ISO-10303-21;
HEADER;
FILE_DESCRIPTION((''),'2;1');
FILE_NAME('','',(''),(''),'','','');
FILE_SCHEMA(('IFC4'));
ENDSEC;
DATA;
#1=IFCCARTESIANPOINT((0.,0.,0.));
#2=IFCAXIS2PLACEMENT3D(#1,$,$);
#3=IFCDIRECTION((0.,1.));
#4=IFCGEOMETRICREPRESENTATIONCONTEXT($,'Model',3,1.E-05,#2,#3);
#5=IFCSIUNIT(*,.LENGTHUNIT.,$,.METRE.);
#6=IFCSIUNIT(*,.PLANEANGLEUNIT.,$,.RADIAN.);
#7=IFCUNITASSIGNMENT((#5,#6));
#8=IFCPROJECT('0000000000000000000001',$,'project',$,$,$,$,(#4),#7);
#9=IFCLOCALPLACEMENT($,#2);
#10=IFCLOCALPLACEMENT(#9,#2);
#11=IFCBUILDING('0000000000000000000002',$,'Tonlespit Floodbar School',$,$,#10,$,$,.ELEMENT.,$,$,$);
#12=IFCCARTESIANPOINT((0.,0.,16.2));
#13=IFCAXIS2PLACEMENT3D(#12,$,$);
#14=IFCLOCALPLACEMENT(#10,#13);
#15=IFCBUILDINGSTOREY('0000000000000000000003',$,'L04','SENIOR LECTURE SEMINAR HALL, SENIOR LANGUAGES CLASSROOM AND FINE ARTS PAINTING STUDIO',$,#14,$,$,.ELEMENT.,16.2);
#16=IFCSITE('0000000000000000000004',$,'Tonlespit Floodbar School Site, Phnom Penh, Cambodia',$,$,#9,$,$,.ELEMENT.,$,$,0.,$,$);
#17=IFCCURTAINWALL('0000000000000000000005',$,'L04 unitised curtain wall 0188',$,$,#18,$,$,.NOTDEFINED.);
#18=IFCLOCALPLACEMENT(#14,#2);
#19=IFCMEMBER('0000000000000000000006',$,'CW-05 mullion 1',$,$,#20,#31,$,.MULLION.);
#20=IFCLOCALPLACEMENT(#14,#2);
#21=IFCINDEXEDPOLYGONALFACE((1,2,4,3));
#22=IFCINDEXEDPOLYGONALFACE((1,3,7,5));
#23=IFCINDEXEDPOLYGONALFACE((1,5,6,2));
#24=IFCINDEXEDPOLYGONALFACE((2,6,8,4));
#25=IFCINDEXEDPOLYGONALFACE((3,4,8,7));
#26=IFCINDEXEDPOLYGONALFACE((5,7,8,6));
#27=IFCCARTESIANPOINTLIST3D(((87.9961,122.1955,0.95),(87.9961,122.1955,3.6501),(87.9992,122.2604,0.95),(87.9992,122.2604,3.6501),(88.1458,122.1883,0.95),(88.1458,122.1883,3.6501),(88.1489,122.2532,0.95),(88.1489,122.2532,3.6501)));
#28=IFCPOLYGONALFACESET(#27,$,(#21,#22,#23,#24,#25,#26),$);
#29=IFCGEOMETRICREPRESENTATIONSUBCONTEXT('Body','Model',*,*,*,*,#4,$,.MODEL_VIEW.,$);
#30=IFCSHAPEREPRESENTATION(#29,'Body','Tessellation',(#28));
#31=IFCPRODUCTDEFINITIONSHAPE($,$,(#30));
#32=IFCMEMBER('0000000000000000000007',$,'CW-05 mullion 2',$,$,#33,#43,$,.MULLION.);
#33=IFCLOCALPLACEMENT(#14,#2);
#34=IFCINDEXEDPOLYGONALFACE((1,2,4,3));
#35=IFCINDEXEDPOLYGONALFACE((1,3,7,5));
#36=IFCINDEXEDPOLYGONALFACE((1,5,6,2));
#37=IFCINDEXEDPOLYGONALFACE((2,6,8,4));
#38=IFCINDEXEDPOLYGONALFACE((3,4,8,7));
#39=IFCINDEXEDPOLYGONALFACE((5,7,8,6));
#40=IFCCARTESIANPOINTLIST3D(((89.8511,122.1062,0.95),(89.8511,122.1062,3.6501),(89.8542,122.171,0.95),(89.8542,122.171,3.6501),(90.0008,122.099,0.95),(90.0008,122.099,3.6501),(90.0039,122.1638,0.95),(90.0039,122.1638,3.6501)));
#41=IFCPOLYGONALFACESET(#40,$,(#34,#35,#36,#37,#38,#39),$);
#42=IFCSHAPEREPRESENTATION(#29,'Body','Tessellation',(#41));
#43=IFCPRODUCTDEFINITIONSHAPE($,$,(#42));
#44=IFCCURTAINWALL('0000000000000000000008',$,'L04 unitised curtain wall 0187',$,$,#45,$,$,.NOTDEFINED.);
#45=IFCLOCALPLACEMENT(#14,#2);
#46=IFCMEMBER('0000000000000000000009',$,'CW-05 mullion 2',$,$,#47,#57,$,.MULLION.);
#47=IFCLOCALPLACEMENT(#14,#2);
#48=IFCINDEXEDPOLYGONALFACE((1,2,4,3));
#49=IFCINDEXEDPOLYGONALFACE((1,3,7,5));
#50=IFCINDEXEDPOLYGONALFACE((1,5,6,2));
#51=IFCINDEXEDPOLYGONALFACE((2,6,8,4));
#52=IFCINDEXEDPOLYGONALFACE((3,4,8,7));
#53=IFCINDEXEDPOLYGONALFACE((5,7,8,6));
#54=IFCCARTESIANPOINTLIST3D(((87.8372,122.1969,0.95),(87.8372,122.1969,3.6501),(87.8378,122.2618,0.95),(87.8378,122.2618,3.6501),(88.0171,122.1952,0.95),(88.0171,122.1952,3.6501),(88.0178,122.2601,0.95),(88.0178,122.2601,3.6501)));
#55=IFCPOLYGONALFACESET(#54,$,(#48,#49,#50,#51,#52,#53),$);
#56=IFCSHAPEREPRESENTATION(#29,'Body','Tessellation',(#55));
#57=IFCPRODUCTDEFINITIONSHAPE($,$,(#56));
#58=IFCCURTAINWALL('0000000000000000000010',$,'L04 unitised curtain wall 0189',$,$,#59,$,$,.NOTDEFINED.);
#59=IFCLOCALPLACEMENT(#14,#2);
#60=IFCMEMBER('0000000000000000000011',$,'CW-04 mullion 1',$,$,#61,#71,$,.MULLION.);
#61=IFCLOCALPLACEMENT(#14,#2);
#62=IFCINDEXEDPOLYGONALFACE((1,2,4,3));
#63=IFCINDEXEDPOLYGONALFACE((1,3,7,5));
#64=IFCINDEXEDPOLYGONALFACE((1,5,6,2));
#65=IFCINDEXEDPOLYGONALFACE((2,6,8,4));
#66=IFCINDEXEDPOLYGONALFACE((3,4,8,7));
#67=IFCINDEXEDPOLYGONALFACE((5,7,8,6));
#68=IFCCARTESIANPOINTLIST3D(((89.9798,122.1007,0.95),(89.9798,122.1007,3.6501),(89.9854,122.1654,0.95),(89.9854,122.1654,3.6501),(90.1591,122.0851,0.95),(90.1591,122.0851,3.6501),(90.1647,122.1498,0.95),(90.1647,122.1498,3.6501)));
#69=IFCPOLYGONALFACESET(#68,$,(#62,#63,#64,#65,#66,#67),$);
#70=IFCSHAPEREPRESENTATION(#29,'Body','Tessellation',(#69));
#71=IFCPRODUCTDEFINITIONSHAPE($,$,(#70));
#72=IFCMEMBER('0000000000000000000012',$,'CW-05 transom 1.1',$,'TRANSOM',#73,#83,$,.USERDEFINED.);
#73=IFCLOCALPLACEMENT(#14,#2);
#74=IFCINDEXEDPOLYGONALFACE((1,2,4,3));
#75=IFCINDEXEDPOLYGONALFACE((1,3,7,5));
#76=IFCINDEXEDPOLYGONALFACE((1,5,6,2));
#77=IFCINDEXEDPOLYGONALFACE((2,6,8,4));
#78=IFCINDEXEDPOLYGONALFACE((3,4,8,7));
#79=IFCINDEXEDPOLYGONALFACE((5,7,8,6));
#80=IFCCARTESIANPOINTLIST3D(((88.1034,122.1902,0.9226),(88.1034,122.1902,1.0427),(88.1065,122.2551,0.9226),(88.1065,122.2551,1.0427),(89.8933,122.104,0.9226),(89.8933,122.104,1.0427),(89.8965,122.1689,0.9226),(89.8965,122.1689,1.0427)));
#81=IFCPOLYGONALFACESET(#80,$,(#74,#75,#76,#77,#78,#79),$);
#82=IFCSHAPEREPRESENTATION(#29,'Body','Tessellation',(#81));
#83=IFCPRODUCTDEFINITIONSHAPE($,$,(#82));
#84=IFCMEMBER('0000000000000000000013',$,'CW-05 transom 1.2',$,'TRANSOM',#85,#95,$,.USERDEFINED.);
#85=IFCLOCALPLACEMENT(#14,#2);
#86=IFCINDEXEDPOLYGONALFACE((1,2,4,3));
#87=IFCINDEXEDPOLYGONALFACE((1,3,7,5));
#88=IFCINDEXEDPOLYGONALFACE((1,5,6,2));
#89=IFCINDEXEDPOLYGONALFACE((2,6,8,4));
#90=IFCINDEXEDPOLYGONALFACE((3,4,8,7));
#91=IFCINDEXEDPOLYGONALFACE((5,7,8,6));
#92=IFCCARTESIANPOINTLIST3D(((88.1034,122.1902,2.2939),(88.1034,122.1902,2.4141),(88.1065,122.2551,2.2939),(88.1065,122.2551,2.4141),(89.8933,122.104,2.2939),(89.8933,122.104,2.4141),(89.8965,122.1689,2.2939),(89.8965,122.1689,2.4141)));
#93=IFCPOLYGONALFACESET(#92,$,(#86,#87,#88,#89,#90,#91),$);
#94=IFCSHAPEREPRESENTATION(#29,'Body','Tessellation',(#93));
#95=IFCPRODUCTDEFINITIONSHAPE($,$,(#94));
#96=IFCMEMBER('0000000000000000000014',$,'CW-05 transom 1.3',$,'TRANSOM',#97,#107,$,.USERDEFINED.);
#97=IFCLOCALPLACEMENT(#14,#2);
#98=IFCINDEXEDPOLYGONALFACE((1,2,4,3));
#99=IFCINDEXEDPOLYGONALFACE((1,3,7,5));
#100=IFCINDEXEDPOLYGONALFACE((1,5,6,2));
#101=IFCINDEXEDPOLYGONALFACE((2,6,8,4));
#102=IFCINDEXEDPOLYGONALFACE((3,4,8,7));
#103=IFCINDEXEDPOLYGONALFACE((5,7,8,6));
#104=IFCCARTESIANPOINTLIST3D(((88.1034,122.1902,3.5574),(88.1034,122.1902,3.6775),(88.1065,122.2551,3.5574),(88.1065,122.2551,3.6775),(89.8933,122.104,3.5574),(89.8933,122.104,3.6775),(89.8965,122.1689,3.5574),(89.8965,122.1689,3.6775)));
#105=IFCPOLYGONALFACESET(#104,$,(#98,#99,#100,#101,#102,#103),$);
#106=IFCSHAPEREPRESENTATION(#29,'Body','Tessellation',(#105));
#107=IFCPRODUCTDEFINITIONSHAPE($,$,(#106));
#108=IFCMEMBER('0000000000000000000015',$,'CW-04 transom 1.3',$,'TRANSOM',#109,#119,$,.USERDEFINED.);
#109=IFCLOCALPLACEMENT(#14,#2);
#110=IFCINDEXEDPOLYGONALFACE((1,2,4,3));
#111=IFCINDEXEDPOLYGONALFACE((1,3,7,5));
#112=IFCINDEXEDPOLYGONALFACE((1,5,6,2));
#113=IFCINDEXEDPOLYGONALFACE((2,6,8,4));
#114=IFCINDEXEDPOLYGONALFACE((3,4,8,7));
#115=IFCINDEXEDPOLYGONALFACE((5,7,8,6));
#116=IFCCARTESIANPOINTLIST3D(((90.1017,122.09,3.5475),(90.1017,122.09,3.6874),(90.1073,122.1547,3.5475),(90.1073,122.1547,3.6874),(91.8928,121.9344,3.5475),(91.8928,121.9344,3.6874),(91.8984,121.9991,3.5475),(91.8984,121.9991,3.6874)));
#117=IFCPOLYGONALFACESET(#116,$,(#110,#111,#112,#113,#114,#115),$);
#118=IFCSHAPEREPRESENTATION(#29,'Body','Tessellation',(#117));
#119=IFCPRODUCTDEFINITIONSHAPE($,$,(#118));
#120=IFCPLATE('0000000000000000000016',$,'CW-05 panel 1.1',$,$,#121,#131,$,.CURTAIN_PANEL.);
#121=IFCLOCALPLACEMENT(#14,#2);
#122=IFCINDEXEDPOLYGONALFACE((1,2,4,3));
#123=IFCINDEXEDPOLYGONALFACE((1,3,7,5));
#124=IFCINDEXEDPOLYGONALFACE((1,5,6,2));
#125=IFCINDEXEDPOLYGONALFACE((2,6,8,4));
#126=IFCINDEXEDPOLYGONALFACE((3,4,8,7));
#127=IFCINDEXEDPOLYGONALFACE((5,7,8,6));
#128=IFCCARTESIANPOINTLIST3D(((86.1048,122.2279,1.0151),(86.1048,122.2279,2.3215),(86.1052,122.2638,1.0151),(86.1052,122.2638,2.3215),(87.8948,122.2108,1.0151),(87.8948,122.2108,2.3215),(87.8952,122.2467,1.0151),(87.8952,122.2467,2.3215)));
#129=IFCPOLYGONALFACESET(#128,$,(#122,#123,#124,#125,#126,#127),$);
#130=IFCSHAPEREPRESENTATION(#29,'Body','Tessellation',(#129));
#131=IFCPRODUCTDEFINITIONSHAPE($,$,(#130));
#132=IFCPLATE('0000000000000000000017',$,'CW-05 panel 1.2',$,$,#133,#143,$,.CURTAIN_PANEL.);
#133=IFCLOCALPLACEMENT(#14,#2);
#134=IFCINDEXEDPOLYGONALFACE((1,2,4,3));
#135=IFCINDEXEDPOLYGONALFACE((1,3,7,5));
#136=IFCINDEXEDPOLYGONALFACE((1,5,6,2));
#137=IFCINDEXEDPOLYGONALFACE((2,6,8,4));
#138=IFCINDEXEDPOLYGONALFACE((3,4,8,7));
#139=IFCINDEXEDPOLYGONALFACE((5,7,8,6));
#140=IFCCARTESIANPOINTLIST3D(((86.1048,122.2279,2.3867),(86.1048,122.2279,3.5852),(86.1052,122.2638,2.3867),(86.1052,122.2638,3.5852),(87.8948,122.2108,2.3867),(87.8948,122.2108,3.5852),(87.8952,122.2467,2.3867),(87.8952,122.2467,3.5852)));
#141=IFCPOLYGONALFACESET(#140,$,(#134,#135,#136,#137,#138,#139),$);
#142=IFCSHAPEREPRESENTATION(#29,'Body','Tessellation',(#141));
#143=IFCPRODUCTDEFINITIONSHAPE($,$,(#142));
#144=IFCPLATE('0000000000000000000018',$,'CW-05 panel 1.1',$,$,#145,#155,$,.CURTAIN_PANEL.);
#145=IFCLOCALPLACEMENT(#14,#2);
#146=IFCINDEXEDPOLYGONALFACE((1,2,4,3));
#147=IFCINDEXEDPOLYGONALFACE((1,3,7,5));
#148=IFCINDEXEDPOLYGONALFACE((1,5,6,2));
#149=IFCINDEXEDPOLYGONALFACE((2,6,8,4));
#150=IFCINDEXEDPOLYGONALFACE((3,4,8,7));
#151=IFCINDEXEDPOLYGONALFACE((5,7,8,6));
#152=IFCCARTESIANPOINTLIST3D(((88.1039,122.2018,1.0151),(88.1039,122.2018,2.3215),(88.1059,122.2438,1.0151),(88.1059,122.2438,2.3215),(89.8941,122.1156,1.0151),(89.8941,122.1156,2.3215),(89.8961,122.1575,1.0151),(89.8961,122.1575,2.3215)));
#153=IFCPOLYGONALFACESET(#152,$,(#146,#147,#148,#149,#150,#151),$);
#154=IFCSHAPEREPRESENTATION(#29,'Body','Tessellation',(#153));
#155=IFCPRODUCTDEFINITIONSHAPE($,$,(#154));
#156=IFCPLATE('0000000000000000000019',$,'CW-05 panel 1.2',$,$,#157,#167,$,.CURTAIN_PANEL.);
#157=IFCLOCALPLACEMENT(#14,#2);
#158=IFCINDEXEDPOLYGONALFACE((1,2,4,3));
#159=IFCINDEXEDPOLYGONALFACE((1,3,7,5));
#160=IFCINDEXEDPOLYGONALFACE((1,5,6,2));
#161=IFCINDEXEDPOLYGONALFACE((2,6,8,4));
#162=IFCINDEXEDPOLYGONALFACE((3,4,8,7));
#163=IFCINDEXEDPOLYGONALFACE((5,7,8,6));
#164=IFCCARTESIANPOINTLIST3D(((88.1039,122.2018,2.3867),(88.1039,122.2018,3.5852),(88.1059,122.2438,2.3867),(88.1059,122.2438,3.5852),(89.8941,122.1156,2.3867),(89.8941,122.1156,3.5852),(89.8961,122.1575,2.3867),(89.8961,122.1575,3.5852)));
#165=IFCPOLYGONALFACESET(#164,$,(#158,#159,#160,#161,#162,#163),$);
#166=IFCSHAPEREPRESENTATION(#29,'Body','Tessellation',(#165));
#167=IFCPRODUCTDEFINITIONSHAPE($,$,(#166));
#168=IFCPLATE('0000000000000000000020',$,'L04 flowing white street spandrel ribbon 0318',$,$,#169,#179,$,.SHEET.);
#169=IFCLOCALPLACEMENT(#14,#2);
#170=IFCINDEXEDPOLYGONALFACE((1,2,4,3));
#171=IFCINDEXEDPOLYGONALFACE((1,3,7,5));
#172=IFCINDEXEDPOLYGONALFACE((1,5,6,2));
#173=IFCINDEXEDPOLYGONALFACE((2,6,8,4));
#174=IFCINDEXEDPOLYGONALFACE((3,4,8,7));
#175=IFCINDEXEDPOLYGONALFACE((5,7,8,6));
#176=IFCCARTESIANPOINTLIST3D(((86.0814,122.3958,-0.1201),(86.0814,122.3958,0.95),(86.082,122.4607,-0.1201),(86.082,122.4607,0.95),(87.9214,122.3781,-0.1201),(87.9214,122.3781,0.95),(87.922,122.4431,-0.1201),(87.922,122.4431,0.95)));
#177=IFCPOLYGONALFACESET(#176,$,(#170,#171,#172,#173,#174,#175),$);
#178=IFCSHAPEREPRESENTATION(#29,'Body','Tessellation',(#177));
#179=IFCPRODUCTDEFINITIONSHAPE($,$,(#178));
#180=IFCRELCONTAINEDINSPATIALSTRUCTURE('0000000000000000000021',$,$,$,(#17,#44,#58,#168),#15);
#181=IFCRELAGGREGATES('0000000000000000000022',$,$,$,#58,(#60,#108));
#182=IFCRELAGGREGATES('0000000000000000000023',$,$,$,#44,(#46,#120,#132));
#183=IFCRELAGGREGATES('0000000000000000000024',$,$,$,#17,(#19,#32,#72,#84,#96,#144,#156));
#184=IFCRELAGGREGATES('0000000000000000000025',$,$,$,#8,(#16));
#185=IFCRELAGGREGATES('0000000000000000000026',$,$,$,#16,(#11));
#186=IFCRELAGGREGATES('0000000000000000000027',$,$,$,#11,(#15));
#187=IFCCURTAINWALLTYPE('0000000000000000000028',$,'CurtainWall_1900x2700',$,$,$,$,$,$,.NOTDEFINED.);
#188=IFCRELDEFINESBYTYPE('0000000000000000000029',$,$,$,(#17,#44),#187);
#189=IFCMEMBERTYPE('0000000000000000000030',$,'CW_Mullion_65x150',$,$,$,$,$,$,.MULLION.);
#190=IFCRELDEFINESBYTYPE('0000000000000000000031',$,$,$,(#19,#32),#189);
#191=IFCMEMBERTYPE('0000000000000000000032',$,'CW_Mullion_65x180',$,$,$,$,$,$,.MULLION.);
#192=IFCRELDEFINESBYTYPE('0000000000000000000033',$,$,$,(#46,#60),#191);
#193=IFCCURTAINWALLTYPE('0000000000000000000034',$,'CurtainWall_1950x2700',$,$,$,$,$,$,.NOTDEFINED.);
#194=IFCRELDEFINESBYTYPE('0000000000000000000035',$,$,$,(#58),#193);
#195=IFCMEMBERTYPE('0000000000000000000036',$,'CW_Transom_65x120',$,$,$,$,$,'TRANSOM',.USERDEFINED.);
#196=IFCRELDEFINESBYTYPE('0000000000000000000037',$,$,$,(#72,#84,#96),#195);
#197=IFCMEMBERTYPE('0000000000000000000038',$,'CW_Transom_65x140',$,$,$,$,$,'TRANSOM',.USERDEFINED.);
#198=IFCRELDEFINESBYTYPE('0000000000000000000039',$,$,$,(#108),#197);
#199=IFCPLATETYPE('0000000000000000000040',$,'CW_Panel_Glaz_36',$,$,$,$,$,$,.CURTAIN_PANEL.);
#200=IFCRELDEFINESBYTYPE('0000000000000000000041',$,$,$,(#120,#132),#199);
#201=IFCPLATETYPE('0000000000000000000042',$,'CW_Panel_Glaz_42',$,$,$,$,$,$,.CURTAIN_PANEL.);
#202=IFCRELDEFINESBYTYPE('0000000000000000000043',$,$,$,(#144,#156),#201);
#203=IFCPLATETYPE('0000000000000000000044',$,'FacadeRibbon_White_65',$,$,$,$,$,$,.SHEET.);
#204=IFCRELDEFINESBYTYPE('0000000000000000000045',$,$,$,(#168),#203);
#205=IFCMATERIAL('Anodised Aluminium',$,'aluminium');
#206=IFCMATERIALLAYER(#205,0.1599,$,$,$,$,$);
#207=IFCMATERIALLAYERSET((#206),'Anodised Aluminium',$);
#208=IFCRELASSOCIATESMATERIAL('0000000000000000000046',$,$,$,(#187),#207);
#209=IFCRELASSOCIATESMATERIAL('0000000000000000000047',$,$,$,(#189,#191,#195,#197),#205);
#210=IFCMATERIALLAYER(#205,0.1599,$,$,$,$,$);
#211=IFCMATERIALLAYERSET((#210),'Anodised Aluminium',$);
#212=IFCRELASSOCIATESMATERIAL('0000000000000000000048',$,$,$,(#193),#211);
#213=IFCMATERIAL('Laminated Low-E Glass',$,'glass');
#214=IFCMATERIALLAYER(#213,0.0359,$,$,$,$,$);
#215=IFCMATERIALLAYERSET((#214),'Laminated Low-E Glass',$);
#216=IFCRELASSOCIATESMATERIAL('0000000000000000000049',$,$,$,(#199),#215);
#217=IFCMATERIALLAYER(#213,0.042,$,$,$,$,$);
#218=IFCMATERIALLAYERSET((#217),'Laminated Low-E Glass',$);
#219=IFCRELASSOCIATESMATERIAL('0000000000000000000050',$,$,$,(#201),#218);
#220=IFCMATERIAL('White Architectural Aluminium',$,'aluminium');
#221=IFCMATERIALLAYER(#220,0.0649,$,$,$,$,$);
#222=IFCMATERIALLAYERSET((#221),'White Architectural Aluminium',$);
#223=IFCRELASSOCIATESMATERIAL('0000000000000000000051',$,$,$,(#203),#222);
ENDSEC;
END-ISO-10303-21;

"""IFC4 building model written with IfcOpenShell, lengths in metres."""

from ifc_helpers import new_model, si_unit, direction, frame, origin, origin_2d, place, context, subcontext, project, spatial, rectangle, extrude, material, layer, layer_set, material_profile, profile_set, type_object, element, aggregate, save


model = new_model("IFC4")

# Units and contexts
model_context = context("Model", 3, precision=1e-05, world=origin(), true_north=direction((0.0, 1.0)))
body_context = subcontext(model_context, "Body", "Model", "MODEL_VIEW")
ifc_project = project(units=[si_unit("LENGTHUNIT", "METRE"), si_unit("PLANEANGLEUNIT", "RADIAN")], contexts=[model_context])

# Site, building, storey
site_placement = place(None, origin())
site = spatial("IfcSite", under=ifc_project, at=site_placement, Name="Tonlespit Floodbar School Site, Phnom Penh, Cambodia", CompositionType="ELEMENT", RefElevation=0.0)
building_placement = place(site_placement, origin())
building = spatial("IfcBuilding", under=site, at=building_placement, Name="Tonlespit Floodbar School", CompositionType="ELEMENT")
storey_placement = place(building_placement, frame((0.0, 0.0, 16.2)))
storey = spatial("IfcBuildingStorey", under=building, at=storey_placement, Name="L04", Description="SENIOR LECTURE SEMINAR HALL, SENIOR LANGUAGES CLASSROOM AND FINE ARTS PAINTING STUDIO", CompositionType="ELEMENT", Elevation=16.2)

# Curtain wall, members
ifc_material_1 = material(Name="Anodised Aluminium", Category="aluminium")
ifc_layer_1 = layer(ifc_material_1, 0.1599)
ifc_layer_set_1 = layer_set([ifc_layer_1], Name="Anodised Aluminium")
curtain_wall_type_1 = type_object("IfcCurtainWallType", Name="CurtainWall_1900x2700", PredefinedType="NOTDEFINED", material=ifc_layer_set_1)
curtain_wall_1_placement = place(storey_placement, origin())
curtain_wall_1 = element("IfcCurtainWall", 1, at=curtain_wall_1_placement, inside=storey, type_object=curtain_wall_type_1, Name="L04 unitised curtain wall 0188", PredefinedType="NOTDEFINED")
ifc_material_profile_1 = material_profile(ifc_material_1, rectangle(XDim=0.0649, YDim=0.1499, at=origin_2d()), Name="ALU M65x150")
ifc_profile_set_1 = profile_set([ifc_material_profile_1], Name="Anodised Aluminium")
member_type_1 = type_object("IfcMemberType", Name="CW_Mullion_65x150", PredefinedType="MULLION", material=ifc_profile_set_1)
member_1_placement = place(storey_placement, frame((88.0725, 122.2244, 0.95), z_axis=(0.0, 0.0, 1.0), x_axis=(0.048121, 0.998842, 0.0)))
member_1 = element("IfcMember", 2, at=member_1_placement, type_object=member_type_1, Name="CW-05 mullion 1", PredefinedType="MULLION", context=body_context, shape_type="SweptSolid", body=[
    extrude(rectangle(XDim=0.0649, YDim=0.1499, at=origin_2d()), origin(), (0.0, 0.0, 1.0), 2.7002),
])
member_2_placement = place(storey_placement, frame((89.9275, 122.135, 0.95), z_axis=(0.0, 0.0, 1.0), x_axis=(0.048121, 0.998842, 0.0)))
member_2 = element("IfcMember", 3, at=member_2_placement, type_object=member_type_1, Name="CW-05 mullion 2", PredefinedType="MULLION", context=body_context, shape_type="SweptSolid", body=[
    extrude(rectangle(XDim=0.0649, YDim=0.1499, at=origin_2d()), origin(), (0.0, 0.0, 1.0), 2.7002),
])

# Curtain walls, members
curtain_wall_2_placement = place(storey_placement, origin())
curtain_wall_2 = element("IfcCurtainWall", 4, at=curtain_wall_2_placement, inside=storey, type_object=curtain_wall_type_1, Name="L04 unitised curtain wall 0187", PredefinedType="NOTDEFINED")
ifc_material_profile_2 = material_profile(ifc_material_1, rectangle(XDim=0.0649, YDim=0.1799, at=origin_2d()), Name="ALU M65x180")
ifc_profile_set_2 = profile_set([ifc_material_profile_2], Name="Anodised Aluminium")
member_type_2 = type_object("IfcMemberType", Name="CW_Mullion_65x180", PredefinedType="MULLION", material=ifc_profile_set_2)
member_3_placement = place(storey_placement, frame((87.9275, 122.2285, 0.95), z_axis=(0.0, 0.0, 1.0), x_axis=(0.009583, 0.999954, 0.0)))
member_3 = element("IfcMember", 5, at=member_3_placement, type_object=member_type_2, Name="CW-05 mullion 2", PredefinedType="MULLION", context=body_context, shape_type="SweptSolid", body=[
    extrude(rectangle(XDim=0.0649, YDim=0.1799, at=origin_2d()), origin(), (0.0, 0.0, 1.0), 2.7002),
])
ifc_layer_2 = layer(ifc_material_1, 0.1599)
ifc_layer_set_2 = layer_set([ifc_layer_2], Name="Anodised Aluminium")
curtain_wall_type_2 = type_object("IfcCurtainWallType", Name="CurtainWall_1950x2700", PredefinedType="NOTDEFINED", material=ifc_layer_set_2)
curtain_wall_3_placement = place(storey_placement, origin())
curtain_wall_3 = element("IfcCurtainWall", 6, at=curtain_wall_3_placement, inside=storey, type_object=curtain_wall_type_2, Name="L04 unitised curtain wall 0189", PredefinedType="NOTDEFINED")
member_4_placement = place(storey_placement, frame((90.0723, 122.1252, 0.95), z_axis=(0.0, 0.0, 1.0), x_axis=(0.086531, 0.996249, 0.0)))
member_4 = element("IfcMember", 7, at=member_4_placement, type_object=member_type_2, Name="CW-04 mullion 1", PredefinedType="MULLION", context=body_context, shape_type="SweptSolid", body=[
    extrude(rectangle(XDim=0.0649, YDim=0.1799, at=origin_2d()), origin(), (0.0, 0.0, 1.0), 2.7002),
])

# Members
ifc_material_profile_3 = material_profile(ifc_material_1, rectangle(XDim=0.0649, YDim=0.1201, at=origin_2d()), Name="ALU T65x120")
ifc_profile_set_3 = profile_set([ifc_material_profile_3], Name="Anodised Aluminium")
member_type_3 = type_object("IfcMemberType", Name="CW_Transom_65x120", ElementType="TRANSOM", PredefinedType="USERDEFINED", material=ifc_profile_set_3)
member_5_placement = place(storey_placement, frame((88.105, 122.2227, 0.9827), z_axis=(0.998843, -0.048089, 0.0), x_axis=(0.048089, 0.998843, 0.0)))
member_5 = element("IfcMember", 8, at=member_5_placement, type_object=member_type_3, Name="CW-05 transom 1.1", ObjectType="TRANSOM", PredefinedType="USERDEFINED", context=body_context, shape_type="SweptSolid", body=[
    extrude(rectangle(XDim=0.0649, YDim=0.1201, at=origin_2d()), origin(), (0.0, 0.0, 1.0), 1.792),
])
member_6_placement = place(storey_placement, frame((88.105, 122.2227, 2.354), z_axis=(0.998843, -0.048089, 0.0), x_axis=(0.048089, 0.998843, 0.0)))
member_6 = element("IfcMember", 9, at=member_6_placement, type_object=member_type_3, Name="CW-05 transom 1.2", ObjectType="TRANSOM", PredefinedType="USERDEFINED", context=body_context, shape_type="SweptSolid", body=[
    extrude(rectangle(XDim=0.0649, YDim=0.1201, at=origin_2d()), origin(), (0.0, 0.0, 1.0), 1.792),
])
member_7_placement = place(storey_placement, frame((88.105, 122.2227, 3.6174), z_axis=(0.998843, -0.048089, 0.0), x_axis=(0.048089, 0.998843, 0.0)))
member_7 = element("IfcMember", 10, at=member_7_placement, type_object=member_type_3, Name="CW-05 transom 1.3", ObjectType="TRANSOM", PredefinedType="USERDEFINED", context=body_context, shape_type="SweptSolid", body=[
    extrude(rectangle(XDim=0.0649, YDim=0.1201, at=origin_2d()), origin(), (0.0, 0.0, 1.0), 1.792),
])
ifc_material_profile_4 = material_profile(ifc_material_1, rectangle(XDim=0.0649, YDim=0.1399, at=origin_2d()), Name="ALU T65x140")
ifc_profile_set_4 = profile_set([ifc_material_profile_4], Name="Anodised Aluminium")
member_type_4 = type_object("IfcMemberType", Name="CW_Transom_65x140", ElementType="TRANSOM", PredefinedType="USERDEFINED", material=ifc_profile_set_4)
member_8_placement = place(storey_placement, frame((90.1045, 122.1223, 3.6174), z_axis=(0.996251, -0.086507, 0.0), x_axis=(0.086507, 0.996251, 0.0)))
member_8 = element("IfcMember", 11, at=member_8_placement, type_object=member_type_4, Name="CW-04 transom 1.3", ObjectType="TRANSOM", PredefinedType="USERDEFINED", context=body_context, shape_type="SweptSolid", body=[
    extrude(rectangle(XDim=0.0649, YDim=0.1399, at=origin_2d()), origin(), (0.0, 0.0, 1.0), 1.7979),
])
aggregate(curtain_wall_3, [member_4, member_8])

# Plates
ifc_material_2 = material(Name="Laminated Low-E Glass", Category="glass")
ifc_layer_3 = layer(ifc_material_2, 0.0359)
ifc_layer_set_3 = layer_set([ifc_layer_3], Name="Laminated Low-E Glass")
plate_type_1 = type_object("IfcPlateType", Name="CW_Panel_Glaz_36", PredefinedType="CURTAIN_PANEL", material=ifc_layer_set_3)
plate_1_placement = place(storey_placement, frame((87.0, 122.2373, 1.0151), z_axis=(0.0, 0.0, 1.0), x_axis=(0.999954, -0.009583, 0.0)))
plate_1 = element("IfcPlate", 12, at=plate_1_placement, type_object=plate_type_1, Name="CW-05 panel 1.1", PredefinedType="CURTAIN_PANEL", context=body_context, shape_type="SweptSolid", body=[
    extrude(rectangle(XDim=1.79, YDim=0.0359, at=origin_2d()), origin(), (0.0, 0.0, 1.0), 1.3064),
])
plate_2_placement = place(storey_placement, frame((87.0, 122.2373, 2.3867), z_axis=(0.0, 0.0, 1.0), x_axis=(0.999954, -0.009583, 0.0)))
plate_2 = element("IfcPlate", 13, at=plate_2_placement, type_object=plate_type_1, Name="CW-05 panel 1.2", PredefinedType="CURTAIN_PANEL", context=body_context, shape_type="SweptSolid", body=[
    extrude(rectangle(XDim=1.79, YDim=0.0359, at=origin_2d()), origin(), (0.0, 0.0, 1.0), 1.1985),
])
aggregate(curtain_wall_2, [member_3, plate_1, plate_2])
ifc_layer_4 = layer(ifc_material_2, 0.042)
ifc_layer_set_4 = layer_set([ifc_layer_4], Name="Laminated Low-E Glass")
plate_type_2 = type_object("IfcPlateType", Name="CW_Panel_Glaz_42", PredefinedType="CURTAIN_PANEL", material=ifc_layer_set_4)
plate_3_placement = place(storey_placement, frame((89.0, 122.1797, 1.0151), z_axis=(0.0, 0.0, 1.0), x_axis=(0.998842, -0.048121, 0.0)))
plate_3 = element("IfcPlate", 14, at=plate_3_placement, type_object=plate_type_2, Name="CW-05 panel 1.1", PredefinedType="CURTAIN_PANEL", context=body_context, shape_type="SweptSolid", body=[
    extrude(rectangle(XDim=1.7922, YDim=0.042, at=origin_2d()), origin(), (0.0, 0.0, 1.0), 1.3064),
])
plate_4_placement = place(storey_placement, frame((89.0, 122.1797, 2.3867), z_axis=(0.0, 0.0, 1.0), x_axis=(0.998842, -0.048121, 0.0)))
plate_4 = element("IfcPlate", 15, at=plate_4_placement, type_object=plate_type_2, Name="CW-05 panel 1.2", PredefinedType="CURTAIN_PANEL", context=body_context, shape_type="SweptSolid", body=[
    extrude(rectangle(XDim=1.7922, YDim=0.042, at=origin_2d()), origin(), (0.0, 0.0, 1.0), 1.1985),
])
aggregate(curtain_wall_1, [member_1, member_2, member_5, member_6, member_7, plate_3, plate_4])

# Plate
ifc_material_3 = material(Name="White Architectural Aluminium", Category="aluminium")
ifc_layer_5 = layer(ifc_material_3, 0.0649)
ifc_layer_set_5 = layer_set([ifc_layer_5], Name="White Architectural Aluminium")
plate_type_3 = type_object("IfcPlateType", Name="FacadeRibbon_White_65", PredefinedType="SHEET", material=ifc_layer_set_5)
plate_5_placement = place(storey_placement, frame((87.0017, 122.4194, -0.1201), z_axis=(0.0, 0.0, 1.0), x_axis=(0.999954, -0.009599, 0.0)))
element("IfcPlate", 16, at=plate_5_placement, inside=storey, type_object=plate_type_3, Name="L04 flowing white street spandrel ribbon 0318", PredefinedType="SHEET", context=body_context, shape_type="SweptSolid", body=[
    extrude(rectangle(XDim=1.8401, YDim=0.0649, at=origin_2d()), origin(), (0.0, 0.0, 1.0), 1.0701),
])

save(model, "model.ifc")
